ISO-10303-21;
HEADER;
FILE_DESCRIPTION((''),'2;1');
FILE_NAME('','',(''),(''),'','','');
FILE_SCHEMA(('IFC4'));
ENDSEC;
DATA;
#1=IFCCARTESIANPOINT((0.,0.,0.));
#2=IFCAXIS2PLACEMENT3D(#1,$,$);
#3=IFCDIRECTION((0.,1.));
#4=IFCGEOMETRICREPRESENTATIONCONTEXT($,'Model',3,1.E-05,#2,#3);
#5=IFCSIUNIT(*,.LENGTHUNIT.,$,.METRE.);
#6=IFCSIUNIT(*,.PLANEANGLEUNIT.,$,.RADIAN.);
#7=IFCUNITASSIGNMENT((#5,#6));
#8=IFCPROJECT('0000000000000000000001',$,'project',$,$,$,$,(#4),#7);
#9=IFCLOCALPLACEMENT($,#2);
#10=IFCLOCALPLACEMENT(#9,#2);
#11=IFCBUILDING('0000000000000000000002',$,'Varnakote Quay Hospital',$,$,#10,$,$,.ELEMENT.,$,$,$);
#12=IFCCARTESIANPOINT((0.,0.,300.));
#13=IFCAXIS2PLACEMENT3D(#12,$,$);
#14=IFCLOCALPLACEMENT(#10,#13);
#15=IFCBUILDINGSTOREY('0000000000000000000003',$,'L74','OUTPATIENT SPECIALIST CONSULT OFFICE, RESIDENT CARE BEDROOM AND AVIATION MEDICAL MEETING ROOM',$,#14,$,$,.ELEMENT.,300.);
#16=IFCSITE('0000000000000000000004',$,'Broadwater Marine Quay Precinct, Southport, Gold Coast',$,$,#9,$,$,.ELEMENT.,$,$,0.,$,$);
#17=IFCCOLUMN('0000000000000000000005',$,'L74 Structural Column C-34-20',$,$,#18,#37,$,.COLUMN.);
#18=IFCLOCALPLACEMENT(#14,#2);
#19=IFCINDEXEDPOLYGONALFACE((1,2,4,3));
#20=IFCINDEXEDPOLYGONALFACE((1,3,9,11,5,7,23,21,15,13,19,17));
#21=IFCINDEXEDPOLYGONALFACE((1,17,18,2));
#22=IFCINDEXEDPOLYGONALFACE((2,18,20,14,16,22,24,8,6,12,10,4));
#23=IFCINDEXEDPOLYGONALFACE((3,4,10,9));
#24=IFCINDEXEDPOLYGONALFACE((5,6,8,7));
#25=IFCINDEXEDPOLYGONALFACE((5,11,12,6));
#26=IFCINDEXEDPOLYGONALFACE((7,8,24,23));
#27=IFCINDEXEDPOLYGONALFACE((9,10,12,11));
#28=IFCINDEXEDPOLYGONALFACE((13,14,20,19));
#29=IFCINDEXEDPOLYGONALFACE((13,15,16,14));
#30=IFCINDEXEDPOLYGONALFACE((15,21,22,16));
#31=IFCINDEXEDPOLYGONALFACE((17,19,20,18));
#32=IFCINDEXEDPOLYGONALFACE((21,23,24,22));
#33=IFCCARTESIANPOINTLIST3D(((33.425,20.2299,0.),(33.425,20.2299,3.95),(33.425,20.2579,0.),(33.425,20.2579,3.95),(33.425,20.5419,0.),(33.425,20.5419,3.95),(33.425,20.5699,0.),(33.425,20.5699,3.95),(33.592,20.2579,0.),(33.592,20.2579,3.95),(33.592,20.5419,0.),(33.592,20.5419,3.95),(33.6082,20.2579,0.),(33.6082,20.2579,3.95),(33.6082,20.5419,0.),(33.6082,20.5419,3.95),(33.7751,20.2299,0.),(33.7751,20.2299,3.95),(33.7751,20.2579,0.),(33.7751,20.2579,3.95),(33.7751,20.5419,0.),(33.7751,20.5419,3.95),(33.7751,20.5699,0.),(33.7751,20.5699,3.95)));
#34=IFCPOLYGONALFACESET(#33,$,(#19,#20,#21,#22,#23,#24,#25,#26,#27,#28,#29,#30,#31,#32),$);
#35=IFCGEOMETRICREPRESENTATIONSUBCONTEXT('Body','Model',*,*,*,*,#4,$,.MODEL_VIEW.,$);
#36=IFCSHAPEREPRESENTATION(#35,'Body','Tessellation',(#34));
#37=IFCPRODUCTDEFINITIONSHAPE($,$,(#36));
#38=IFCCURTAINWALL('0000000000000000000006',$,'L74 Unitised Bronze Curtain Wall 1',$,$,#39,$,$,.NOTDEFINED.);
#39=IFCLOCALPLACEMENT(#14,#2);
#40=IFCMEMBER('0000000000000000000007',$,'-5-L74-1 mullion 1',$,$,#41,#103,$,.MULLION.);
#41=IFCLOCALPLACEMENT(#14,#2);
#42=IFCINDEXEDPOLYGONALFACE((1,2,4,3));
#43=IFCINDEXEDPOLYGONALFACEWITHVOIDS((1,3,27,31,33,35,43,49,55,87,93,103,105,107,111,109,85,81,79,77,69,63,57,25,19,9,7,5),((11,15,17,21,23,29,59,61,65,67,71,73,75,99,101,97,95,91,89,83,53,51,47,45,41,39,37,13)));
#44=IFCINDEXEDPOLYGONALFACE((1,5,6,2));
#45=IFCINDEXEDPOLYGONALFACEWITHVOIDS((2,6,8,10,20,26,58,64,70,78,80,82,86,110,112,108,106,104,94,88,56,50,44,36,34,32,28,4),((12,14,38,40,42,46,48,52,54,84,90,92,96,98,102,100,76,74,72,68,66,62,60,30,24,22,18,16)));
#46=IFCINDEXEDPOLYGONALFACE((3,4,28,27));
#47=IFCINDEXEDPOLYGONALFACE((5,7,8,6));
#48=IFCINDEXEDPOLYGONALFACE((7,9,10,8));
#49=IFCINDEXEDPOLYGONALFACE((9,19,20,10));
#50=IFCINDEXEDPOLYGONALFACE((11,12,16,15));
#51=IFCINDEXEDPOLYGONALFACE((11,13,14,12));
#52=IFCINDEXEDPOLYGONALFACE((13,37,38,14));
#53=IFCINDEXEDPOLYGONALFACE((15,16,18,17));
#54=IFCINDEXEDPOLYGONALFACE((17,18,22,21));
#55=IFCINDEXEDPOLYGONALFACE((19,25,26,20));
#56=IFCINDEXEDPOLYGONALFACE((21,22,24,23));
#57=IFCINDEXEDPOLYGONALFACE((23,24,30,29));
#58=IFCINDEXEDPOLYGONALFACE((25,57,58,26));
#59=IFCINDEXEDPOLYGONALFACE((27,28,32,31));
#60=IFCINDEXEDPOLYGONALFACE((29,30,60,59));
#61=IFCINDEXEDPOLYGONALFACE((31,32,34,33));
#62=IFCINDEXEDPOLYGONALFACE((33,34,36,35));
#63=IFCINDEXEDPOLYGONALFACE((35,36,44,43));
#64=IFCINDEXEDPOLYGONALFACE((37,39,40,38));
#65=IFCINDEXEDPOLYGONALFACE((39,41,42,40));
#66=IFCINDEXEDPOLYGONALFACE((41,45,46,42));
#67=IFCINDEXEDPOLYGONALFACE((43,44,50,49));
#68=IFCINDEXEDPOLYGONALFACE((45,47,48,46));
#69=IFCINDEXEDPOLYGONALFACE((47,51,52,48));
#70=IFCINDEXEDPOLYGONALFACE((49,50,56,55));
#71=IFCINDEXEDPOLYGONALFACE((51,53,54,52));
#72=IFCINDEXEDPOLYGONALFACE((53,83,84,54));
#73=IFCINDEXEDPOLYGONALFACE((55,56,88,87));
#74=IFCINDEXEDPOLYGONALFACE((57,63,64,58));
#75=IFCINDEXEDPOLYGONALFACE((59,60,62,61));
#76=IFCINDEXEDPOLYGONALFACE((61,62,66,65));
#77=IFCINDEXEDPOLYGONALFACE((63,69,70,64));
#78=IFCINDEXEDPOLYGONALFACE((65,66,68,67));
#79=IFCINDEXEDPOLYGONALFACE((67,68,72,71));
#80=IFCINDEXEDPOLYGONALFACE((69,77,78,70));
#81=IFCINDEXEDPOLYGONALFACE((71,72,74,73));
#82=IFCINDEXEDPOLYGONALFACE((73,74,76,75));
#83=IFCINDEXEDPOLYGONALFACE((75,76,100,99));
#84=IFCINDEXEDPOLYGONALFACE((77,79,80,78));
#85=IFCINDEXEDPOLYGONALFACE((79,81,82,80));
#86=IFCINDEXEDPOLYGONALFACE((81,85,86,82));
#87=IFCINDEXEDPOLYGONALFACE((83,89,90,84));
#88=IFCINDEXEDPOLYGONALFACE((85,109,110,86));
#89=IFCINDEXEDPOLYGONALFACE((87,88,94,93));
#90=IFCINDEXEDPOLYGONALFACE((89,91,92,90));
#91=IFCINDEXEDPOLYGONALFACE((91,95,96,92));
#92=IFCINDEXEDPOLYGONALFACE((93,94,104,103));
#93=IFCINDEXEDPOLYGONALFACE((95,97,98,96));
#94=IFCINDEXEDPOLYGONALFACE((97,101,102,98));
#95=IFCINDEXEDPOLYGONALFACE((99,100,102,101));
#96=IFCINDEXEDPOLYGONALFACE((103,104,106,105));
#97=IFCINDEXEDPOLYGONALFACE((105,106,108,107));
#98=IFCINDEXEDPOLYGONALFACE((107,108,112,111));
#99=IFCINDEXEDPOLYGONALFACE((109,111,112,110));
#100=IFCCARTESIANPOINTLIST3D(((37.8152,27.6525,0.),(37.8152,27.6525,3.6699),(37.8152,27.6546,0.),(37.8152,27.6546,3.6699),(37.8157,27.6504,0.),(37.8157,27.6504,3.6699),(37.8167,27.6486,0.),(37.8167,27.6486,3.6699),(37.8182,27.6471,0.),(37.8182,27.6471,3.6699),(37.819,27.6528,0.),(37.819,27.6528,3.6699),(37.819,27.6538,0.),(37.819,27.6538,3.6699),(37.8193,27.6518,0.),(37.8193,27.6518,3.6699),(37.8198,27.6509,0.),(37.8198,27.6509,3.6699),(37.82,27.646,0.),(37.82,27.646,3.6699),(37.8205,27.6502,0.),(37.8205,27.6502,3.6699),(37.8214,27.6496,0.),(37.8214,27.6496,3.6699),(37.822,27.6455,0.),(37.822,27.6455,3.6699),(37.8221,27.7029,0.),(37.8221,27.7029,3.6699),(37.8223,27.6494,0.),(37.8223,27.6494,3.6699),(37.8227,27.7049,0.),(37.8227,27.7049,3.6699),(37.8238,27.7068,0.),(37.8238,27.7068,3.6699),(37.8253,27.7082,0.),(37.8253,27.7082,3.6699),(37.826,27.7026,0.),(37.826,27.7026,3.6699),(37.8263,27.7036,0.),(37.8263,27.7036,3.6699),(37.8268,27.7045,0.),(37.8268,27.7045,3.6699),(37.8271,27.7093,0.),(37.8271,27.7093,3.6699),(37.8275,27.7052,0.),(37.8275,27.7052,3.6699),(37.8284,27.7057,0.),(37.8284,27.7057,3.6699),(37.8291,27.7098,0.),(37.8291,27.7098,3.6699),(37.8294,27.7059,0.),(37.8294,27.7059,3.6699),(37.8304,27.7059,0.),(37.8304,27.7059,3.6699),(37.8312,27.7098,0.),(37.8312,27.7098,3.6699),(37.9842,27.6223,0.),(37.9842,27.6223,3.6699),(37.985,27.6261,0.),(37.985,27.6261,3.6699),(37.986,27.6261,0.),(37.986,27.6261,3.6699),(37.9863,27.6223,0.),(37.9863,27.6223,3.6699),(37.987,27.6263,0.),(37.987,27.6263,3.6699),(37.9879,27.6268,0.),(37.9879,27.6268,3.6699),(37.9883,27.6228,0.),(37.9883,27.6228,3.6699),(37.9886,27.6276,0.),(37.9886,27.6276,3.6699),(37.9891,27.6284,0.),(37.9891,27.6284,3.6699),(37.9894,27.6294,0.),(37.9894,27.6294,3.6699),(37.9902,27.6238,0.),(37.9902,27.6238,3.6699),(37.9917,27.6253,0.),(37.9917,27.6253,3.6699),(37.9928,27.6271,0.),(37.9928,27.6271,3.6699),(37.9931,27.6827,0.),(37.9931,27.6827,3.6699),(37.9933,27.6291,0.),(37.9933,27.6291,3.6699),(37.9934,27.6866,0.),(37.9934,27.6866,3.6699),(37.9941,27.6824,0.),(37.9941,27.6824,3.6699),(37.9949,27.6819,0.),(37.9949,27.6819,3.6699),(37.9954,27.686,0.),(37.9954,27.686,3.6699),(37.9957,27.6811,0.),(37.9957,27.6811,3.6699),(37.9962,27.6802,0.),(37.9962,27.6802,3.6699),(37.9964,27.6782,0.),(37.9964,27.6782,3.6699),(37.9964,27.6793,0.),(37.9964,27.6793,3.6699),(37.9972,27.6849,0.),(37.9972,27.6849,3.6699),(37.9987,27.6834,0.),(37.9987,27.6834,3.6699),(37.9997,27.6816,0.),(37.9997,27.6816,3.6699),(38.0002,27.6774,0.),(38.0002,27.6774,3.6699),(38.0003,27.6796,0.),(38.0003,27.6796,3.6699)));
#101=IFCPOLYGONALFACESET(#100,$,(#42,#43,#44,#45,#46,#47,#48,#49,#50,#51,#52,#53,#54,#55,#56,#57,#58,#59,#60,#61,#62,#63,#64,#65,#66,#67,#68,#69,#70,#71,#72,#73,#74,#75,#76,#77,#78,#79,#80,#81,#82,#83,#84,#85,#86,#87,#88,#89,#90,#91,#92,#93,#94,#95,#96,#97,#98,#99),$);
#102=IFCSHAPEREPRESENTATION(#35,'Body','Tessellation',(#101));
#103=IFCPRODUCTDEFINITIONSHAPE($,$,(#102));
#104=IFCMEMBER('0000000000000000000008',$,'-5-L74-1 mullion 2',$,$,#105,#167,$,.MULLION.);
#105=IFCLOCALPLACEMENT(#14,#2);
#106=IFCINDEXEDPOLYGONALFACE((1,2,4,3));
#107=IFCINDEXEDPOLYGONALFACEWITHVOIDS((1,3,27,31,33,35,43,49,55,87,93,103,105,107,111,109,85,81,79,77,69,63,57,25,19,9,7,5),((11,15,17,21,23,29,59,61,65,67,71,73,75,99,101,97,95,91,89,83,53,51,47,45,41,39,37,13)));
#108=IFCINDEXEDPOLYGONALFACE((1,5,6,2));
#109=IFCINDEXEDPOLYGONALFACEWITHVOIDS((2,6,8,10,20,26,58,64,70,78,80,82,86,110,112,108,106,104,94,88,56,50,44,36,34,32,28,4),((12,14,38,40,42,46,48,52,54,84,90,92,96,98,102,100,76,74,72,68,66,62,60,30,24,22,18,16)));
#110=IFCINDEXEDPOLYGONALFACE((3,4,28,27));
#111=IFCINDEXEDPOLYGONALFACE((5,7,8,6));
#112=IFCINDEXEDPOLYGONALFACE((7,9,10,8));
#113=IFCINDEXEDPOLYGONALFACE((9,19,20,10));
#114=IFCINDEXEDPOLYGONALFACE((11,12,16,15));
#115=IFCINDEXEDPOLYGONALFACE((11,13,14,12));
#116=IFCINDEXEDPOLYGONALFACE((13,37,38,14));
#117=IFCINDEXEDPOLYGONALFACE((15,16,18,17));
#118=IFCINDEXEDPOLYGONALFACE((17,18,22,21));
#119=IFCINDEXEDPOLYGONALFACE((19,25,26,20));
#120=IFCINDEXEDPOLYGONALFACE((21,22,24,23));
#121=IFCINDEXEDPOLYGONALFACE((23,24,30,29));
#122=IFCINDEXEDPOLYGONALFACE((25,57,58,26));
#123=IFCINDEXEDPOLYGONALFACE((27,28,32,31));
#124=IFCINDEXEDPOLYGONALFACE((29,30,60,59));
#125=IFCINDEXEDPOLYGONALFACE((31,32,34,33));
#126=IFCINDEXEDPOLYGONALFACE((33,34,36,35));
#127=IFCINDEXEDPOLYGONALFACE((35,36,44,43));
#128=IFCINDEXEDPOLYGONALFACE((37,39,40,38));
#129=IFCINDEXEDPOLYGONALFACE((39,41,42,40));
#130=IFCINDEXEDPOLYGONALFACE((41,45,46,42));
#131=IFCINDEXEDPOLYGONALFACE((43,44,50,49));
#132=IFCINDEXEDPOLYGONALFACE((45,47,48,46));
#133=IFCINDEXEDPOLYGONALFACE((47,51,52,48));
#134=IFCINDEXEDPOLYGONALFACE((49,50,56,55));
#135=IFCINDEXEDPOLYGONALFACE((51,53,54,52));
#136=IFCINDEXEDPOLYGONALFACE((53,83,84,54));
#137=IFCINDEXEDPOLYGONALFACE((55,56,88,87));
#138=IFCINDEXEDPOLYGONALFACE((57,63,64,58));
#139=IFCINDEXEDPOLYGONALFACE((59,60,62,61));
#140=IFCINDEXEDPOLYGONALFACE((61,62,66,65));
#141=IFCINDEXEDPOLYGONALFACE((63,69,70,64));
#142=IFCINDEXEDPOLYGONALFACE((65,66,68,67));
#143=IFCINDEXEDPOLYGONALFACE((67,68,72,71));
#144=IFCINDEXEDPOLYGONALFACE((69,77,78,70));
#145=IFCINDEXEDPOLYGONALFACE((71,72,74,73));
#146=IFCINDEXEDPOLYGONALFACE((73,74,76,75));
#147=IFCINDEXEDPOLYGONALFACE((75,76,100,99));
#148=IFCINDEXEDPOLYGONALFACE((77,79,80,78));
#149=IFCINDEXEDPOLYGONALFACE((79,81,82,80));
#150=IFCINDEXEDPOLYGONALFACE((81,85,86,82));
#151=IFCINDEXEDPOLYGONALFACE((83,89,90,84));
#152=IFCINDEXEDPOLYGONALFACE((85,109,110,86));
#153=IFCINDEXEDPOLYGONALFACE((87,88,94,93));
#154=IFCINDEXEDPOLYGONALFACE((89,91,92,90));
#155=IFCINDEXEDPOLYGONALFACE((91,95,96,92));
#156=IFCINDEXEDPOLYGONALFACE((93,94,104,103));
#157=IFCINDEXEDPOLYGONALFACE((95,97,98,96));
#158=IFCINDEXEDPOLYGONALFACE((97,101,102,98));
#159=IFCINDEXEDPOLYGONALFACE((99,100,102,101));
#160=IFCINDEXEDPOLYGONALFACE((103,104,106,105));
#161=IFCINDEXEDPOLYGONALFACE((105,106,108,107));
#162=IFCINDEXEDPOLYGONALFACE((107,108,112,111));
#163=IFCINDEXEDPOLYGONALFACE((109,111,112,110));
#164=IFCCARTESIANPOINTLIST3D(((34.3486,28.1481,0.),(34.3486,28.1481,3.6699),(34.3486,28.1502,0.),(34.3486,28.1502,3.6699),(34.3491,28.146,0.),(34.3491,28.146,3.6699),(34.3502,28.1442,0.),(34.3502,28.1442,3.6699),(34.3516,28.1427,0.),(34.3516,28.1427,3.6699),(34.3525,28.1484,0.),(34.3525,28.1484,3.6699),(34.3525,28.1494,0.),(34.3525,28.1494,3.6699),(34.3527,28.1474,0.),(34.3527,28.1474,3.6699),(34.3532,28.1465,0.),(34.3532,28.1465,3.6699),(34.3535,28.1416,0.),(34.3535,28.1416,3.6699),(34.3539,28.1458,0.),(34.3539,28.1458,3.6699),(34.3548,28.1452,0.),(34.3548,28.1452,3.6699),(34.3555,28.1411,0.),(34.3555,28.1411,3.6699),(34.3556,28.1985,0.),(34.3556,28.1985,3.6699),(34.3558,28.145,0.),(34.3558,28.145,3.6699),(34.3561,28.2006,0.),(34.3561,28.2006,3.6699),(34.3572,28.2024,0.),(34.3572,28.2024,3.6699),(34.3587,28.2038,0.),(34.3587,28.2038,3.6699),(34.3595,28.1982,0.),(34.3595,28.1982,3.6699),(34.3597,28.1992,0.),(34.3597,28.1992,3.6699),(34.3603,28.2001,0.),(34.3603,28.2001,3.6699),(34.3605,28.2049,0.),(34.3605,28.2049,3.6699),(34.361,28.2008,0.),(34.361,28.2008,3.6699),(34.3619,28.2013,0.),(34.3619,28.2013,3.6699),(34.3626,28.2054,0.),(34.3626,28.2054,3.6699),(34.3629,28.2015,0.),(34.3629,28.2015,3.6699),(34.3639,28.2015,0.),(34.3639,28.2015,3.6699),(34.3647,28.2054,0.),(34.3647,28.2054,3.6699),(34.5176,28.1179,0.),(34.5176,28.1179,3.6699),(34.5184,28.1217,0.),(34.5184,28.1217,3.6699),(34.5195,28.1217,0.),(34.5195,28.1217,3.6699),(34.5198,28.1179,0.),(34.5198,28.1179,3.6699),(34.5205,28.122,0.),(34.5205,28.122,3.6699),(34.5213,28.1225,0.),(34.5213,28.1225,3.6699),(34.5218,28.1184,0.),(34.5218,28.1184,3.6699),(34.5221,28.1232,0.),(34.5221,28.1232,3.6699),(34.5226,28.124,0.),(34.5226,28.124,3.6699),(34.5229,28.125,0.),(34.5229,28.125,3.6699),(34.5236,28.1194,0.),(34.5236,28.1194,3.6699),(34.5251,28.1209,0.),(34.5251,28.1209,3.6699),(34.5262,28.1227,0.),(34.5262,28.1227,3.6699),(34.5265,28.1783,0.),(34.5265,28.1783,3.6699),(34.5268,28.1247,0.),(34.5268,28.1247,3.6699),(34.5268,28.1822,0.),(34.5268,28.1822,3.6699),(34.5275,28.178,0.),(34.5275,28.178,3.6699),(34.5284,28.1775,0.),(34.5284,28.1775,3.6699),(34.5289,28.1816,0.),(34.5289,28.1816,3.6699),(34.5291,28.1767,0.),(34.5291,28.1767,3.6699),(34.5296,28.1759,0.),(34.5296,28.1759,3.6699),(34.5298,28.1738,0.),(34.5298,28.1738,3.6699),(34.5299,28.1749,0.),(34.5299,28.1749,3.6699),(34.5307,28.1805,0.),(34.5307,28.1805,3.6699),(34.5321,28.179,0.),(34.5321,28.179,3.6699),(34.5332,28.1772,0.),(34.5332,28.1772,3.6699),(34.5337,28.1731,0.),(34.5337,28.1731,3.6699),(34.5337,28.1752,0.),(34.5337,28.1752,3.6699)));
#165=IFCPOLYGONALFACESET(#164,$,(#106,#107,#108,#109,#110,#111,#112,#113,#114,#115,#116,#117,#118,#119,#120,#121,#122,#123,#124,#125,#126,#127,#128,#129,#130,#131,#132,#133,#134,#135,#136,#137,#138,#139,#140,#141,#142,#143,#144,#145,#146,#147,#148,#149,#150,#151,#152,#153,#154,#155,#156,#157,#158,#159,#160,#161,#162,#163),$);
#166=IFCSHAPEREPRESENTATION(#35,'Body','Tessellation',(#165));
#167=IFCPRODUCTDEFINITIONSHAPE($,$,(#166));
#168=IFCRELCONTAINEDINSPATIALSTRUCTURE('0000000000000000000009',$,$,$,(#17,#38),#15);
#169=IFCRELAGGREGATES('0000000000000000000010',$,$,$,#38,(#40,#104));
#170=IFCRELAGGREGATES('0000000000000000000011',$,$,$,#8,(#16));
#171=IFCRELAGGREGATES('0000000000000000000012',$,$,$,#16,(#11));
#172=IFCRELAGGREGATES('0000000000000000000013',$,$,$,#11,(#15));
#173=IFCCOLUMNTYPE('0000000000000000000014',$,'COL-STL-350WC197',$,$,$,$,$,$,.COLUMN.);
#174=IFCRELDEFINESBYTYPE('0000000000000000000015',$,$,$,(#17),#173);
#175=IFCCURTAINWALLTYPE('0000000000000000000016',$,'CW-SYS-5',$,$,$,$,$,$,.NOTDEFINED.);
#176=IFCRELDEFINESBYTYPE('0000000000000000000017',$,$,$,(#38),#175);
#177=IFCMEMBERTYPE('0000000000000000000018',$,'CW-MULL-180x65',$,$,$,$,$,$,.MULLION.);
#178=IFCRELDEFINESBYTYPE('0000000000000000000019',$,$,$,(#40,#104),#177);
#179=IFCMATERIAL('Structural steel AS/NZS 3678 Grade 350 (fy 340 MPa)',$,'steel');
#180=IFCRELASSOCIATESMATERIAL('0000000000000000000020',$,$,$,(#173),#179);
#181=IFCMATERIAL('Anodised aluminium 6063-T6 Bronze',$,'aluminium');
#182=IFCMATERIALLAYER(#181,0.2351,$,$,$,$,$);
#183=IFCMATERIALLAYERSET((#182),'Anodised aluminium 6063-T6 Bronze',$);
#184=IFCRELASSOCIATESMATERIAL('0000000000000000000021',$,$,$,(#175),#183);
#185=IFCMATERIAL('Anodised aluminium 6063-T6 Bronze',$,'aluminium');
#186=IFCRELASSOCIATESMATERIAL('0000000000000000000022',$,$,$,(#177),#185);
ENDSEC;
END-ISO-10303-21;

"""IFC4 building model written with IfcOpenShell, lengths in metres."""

from ifc_helpers import new_model, si_unit, direction, frame, origin, origin_2d, place, context, subcontext, project, spatial, hollow_rectangle, i_section, extrude, material, layer, layer_set, material_profile, profile_set, type_object, element, aggregate, save


model = new_model("IFC4")

# Units and contexts
model_context = context("Model", 3, precision=1e-05, world=origin(), true_north=direction((0.0, 1.0)))
body_context = subcontext(model_context, "Body", "Model", "MODEL_VIEW")
ifc_project = project(units=[si_unit("LENGTHUNIT", "METRE"), si_unit("PLANEANGLEUNIT", "RADIAN")], contexts=[model_context])

# Site, building, storey
site_placement = place(None, origin())
site = spatial("IfcSite", under=ifc_project, at=site_placement, Name="Broadwater Marine Quay Precinct, Southport, Gold Coast", CompositionType="ELEMENT", RefElevation=0.0)
building_placement = place(site_placement, origin())
building = spatial("IfcBuilding", under=site, at=building_placement, Name="Varnakote Quay Hospital", CompositionType="ELEMENT")
storey_placement = place(building_placement, frame((0.0, 0.0, 300.0)))
storey = spatial("IfcBuildingStorey", under=building, at=storey_placement, Name="L74", Description="OUTPATIENT SPECIALIST CONSULT OFFICE, RESIDENT CARE BEDROOM AND AVIATION MEDICAL MEETING ROOM", CompositionType="ELEMENT", Elevation=300.0)

# Column
ifc_material_1 = material(Name="Structural steel AS/NZS 3678 Grade 350 (fy 340 MPa)", Category="steel")
ifc_material_profile_1 = material_profile(ifc_material_1, i_section(OverallWidth=0.3501, OverallDepth=0.3401, WebThickness=0.0161, FlangeThickness=0.0281, at=origin_2d()), Name="350WC197")
ifc_profile_set_1 = profile_set([ifc_material_profile_1], Name="Structural steel AS/NZS 3678 Grade 350 (fy 340 MPa)")
column_type = type_object("IfcColumnType", Name="COL-STL-350WC197", PredefinedType="COLUMN", material=ifc_profile_set_1)
column_placement = place(storey_placement, frame((33.6001, 20.3999, 0.0), z_axis=(0.0, 0.0, 1.0), x_axis=(1.0, 0.0, 0.0)))
element("IfcColumn", 1, at=column_placement, inside=storey, type_object=column_type, Name="L74 Structural Column C-34-20", PredefinedType="COLUMN", context=body_context, shape_type="SweptSolid", body=[
    extrude(i_section(OverallWidth=0.3501, OverallDepth=0.3401, WebThickness=0.0161, FlangeThickness=0.0281, at=origin_2d()), origin(), (0.0, 0.0, 1.0), 3.95),
])

# Curtain wall, members
ifc_material_2 = material(Name="Anodised aluminium 6063-T6 Bronze", Category="aluminium")
ifc_layer_1 = layer(ifc_material_2, 0.2351)
ifc_layer_set_1 = layer_set([ifc_layer_1], Name="Anodised aluminium 6063-T6 Bronze")
curtain_wall_type = type_object("IfcCurtainWallType", Name="CW-SYS-5", PredefinedType="NOTDEFINED", material=ifc_layer_set_1)
curtain_wall_placement = place(storey_placement, origin())
curtain_wall = element("IfcCurtainWall", 2, at=curtain_wall_placement, inside=storey, type_object=curtain_wall_type, Name="L74 Unitised Bronze Curtain Wall 1", PredefinedType="NOTDEFINED")
ifc_material_3 = material(Name="Anodised aluminium 6063-T6 Bronze", Category="aluminium")
ifc_material_profile_2 = material_profile(ifc_material_3, hollow_rectangle(XDim=0.0649, YDim=0.1799, WallThickness=0.0039, InnerFilletRadius=0.0039, OuterFilletRadius=0.0081, at=origin_2d()), Name="CW-MULL-180x65")
ifc_profile_set_2 = profile_set([ifc_material_profile_2], Name="Anodised aluminium 6063-T6 Bronze")
member_type_1 = type_object("IfcMemberType", Name="CW-MULL-180x65", PredefinedType="MULLION", material=ifc_profile_set_2)
member_1_placement = place(storey_placement, frame((37.9077, 27.666, 0.0), z_axis=(0.0, 0.0, 1.0), x_axis=(-0.141572, -0.989928, 0.0)))
member_1 = element("IfcMember", 3, at=member_1_placement, type_object=member_type_1, Name="-5-L74-1 mullion 1", PredefinedType="MULLION", context=body_context, shape_type="SweptSolid", body=[
    extrude(hollow_rectangle(XDim=0.0649, YDim=0.1799, WallThickness=0.0039, InnerFilletRadius=0.0039, OuterFilletRadius=0.0081, at=origin_2d()), origin(), (0.0, 0.0, 1.0), 3.6699),
])
member_2_placement = place(storey_placement, frame((34.4412, 28.1616, 0.0), z_axis=(0.0, 0.0, 1.0), x_axis=(-0.141572, -0.989928, 0.0)))
member_2 = element("IfcMember", 4, at=member_2_placement, type_object=member_type_1, Name="-5-L74-1 mullion 2", PredefinedType="MULLION", context=body_context, shape_type="SweptSolid", body=[
    extrude(hollow_rectangle(XDim=0.0649, YDim=0.1799, WallThickness=0.0039, InnerFilletRadius=0.0039, OuterFilletRadius=0.0081, at=origin_2d()), origin(), (0.0, 0.0, 1.0), 3.6699),
])
aggregate(curtain_wall, [member_1, member_2])

save(model, "model.ifc")
